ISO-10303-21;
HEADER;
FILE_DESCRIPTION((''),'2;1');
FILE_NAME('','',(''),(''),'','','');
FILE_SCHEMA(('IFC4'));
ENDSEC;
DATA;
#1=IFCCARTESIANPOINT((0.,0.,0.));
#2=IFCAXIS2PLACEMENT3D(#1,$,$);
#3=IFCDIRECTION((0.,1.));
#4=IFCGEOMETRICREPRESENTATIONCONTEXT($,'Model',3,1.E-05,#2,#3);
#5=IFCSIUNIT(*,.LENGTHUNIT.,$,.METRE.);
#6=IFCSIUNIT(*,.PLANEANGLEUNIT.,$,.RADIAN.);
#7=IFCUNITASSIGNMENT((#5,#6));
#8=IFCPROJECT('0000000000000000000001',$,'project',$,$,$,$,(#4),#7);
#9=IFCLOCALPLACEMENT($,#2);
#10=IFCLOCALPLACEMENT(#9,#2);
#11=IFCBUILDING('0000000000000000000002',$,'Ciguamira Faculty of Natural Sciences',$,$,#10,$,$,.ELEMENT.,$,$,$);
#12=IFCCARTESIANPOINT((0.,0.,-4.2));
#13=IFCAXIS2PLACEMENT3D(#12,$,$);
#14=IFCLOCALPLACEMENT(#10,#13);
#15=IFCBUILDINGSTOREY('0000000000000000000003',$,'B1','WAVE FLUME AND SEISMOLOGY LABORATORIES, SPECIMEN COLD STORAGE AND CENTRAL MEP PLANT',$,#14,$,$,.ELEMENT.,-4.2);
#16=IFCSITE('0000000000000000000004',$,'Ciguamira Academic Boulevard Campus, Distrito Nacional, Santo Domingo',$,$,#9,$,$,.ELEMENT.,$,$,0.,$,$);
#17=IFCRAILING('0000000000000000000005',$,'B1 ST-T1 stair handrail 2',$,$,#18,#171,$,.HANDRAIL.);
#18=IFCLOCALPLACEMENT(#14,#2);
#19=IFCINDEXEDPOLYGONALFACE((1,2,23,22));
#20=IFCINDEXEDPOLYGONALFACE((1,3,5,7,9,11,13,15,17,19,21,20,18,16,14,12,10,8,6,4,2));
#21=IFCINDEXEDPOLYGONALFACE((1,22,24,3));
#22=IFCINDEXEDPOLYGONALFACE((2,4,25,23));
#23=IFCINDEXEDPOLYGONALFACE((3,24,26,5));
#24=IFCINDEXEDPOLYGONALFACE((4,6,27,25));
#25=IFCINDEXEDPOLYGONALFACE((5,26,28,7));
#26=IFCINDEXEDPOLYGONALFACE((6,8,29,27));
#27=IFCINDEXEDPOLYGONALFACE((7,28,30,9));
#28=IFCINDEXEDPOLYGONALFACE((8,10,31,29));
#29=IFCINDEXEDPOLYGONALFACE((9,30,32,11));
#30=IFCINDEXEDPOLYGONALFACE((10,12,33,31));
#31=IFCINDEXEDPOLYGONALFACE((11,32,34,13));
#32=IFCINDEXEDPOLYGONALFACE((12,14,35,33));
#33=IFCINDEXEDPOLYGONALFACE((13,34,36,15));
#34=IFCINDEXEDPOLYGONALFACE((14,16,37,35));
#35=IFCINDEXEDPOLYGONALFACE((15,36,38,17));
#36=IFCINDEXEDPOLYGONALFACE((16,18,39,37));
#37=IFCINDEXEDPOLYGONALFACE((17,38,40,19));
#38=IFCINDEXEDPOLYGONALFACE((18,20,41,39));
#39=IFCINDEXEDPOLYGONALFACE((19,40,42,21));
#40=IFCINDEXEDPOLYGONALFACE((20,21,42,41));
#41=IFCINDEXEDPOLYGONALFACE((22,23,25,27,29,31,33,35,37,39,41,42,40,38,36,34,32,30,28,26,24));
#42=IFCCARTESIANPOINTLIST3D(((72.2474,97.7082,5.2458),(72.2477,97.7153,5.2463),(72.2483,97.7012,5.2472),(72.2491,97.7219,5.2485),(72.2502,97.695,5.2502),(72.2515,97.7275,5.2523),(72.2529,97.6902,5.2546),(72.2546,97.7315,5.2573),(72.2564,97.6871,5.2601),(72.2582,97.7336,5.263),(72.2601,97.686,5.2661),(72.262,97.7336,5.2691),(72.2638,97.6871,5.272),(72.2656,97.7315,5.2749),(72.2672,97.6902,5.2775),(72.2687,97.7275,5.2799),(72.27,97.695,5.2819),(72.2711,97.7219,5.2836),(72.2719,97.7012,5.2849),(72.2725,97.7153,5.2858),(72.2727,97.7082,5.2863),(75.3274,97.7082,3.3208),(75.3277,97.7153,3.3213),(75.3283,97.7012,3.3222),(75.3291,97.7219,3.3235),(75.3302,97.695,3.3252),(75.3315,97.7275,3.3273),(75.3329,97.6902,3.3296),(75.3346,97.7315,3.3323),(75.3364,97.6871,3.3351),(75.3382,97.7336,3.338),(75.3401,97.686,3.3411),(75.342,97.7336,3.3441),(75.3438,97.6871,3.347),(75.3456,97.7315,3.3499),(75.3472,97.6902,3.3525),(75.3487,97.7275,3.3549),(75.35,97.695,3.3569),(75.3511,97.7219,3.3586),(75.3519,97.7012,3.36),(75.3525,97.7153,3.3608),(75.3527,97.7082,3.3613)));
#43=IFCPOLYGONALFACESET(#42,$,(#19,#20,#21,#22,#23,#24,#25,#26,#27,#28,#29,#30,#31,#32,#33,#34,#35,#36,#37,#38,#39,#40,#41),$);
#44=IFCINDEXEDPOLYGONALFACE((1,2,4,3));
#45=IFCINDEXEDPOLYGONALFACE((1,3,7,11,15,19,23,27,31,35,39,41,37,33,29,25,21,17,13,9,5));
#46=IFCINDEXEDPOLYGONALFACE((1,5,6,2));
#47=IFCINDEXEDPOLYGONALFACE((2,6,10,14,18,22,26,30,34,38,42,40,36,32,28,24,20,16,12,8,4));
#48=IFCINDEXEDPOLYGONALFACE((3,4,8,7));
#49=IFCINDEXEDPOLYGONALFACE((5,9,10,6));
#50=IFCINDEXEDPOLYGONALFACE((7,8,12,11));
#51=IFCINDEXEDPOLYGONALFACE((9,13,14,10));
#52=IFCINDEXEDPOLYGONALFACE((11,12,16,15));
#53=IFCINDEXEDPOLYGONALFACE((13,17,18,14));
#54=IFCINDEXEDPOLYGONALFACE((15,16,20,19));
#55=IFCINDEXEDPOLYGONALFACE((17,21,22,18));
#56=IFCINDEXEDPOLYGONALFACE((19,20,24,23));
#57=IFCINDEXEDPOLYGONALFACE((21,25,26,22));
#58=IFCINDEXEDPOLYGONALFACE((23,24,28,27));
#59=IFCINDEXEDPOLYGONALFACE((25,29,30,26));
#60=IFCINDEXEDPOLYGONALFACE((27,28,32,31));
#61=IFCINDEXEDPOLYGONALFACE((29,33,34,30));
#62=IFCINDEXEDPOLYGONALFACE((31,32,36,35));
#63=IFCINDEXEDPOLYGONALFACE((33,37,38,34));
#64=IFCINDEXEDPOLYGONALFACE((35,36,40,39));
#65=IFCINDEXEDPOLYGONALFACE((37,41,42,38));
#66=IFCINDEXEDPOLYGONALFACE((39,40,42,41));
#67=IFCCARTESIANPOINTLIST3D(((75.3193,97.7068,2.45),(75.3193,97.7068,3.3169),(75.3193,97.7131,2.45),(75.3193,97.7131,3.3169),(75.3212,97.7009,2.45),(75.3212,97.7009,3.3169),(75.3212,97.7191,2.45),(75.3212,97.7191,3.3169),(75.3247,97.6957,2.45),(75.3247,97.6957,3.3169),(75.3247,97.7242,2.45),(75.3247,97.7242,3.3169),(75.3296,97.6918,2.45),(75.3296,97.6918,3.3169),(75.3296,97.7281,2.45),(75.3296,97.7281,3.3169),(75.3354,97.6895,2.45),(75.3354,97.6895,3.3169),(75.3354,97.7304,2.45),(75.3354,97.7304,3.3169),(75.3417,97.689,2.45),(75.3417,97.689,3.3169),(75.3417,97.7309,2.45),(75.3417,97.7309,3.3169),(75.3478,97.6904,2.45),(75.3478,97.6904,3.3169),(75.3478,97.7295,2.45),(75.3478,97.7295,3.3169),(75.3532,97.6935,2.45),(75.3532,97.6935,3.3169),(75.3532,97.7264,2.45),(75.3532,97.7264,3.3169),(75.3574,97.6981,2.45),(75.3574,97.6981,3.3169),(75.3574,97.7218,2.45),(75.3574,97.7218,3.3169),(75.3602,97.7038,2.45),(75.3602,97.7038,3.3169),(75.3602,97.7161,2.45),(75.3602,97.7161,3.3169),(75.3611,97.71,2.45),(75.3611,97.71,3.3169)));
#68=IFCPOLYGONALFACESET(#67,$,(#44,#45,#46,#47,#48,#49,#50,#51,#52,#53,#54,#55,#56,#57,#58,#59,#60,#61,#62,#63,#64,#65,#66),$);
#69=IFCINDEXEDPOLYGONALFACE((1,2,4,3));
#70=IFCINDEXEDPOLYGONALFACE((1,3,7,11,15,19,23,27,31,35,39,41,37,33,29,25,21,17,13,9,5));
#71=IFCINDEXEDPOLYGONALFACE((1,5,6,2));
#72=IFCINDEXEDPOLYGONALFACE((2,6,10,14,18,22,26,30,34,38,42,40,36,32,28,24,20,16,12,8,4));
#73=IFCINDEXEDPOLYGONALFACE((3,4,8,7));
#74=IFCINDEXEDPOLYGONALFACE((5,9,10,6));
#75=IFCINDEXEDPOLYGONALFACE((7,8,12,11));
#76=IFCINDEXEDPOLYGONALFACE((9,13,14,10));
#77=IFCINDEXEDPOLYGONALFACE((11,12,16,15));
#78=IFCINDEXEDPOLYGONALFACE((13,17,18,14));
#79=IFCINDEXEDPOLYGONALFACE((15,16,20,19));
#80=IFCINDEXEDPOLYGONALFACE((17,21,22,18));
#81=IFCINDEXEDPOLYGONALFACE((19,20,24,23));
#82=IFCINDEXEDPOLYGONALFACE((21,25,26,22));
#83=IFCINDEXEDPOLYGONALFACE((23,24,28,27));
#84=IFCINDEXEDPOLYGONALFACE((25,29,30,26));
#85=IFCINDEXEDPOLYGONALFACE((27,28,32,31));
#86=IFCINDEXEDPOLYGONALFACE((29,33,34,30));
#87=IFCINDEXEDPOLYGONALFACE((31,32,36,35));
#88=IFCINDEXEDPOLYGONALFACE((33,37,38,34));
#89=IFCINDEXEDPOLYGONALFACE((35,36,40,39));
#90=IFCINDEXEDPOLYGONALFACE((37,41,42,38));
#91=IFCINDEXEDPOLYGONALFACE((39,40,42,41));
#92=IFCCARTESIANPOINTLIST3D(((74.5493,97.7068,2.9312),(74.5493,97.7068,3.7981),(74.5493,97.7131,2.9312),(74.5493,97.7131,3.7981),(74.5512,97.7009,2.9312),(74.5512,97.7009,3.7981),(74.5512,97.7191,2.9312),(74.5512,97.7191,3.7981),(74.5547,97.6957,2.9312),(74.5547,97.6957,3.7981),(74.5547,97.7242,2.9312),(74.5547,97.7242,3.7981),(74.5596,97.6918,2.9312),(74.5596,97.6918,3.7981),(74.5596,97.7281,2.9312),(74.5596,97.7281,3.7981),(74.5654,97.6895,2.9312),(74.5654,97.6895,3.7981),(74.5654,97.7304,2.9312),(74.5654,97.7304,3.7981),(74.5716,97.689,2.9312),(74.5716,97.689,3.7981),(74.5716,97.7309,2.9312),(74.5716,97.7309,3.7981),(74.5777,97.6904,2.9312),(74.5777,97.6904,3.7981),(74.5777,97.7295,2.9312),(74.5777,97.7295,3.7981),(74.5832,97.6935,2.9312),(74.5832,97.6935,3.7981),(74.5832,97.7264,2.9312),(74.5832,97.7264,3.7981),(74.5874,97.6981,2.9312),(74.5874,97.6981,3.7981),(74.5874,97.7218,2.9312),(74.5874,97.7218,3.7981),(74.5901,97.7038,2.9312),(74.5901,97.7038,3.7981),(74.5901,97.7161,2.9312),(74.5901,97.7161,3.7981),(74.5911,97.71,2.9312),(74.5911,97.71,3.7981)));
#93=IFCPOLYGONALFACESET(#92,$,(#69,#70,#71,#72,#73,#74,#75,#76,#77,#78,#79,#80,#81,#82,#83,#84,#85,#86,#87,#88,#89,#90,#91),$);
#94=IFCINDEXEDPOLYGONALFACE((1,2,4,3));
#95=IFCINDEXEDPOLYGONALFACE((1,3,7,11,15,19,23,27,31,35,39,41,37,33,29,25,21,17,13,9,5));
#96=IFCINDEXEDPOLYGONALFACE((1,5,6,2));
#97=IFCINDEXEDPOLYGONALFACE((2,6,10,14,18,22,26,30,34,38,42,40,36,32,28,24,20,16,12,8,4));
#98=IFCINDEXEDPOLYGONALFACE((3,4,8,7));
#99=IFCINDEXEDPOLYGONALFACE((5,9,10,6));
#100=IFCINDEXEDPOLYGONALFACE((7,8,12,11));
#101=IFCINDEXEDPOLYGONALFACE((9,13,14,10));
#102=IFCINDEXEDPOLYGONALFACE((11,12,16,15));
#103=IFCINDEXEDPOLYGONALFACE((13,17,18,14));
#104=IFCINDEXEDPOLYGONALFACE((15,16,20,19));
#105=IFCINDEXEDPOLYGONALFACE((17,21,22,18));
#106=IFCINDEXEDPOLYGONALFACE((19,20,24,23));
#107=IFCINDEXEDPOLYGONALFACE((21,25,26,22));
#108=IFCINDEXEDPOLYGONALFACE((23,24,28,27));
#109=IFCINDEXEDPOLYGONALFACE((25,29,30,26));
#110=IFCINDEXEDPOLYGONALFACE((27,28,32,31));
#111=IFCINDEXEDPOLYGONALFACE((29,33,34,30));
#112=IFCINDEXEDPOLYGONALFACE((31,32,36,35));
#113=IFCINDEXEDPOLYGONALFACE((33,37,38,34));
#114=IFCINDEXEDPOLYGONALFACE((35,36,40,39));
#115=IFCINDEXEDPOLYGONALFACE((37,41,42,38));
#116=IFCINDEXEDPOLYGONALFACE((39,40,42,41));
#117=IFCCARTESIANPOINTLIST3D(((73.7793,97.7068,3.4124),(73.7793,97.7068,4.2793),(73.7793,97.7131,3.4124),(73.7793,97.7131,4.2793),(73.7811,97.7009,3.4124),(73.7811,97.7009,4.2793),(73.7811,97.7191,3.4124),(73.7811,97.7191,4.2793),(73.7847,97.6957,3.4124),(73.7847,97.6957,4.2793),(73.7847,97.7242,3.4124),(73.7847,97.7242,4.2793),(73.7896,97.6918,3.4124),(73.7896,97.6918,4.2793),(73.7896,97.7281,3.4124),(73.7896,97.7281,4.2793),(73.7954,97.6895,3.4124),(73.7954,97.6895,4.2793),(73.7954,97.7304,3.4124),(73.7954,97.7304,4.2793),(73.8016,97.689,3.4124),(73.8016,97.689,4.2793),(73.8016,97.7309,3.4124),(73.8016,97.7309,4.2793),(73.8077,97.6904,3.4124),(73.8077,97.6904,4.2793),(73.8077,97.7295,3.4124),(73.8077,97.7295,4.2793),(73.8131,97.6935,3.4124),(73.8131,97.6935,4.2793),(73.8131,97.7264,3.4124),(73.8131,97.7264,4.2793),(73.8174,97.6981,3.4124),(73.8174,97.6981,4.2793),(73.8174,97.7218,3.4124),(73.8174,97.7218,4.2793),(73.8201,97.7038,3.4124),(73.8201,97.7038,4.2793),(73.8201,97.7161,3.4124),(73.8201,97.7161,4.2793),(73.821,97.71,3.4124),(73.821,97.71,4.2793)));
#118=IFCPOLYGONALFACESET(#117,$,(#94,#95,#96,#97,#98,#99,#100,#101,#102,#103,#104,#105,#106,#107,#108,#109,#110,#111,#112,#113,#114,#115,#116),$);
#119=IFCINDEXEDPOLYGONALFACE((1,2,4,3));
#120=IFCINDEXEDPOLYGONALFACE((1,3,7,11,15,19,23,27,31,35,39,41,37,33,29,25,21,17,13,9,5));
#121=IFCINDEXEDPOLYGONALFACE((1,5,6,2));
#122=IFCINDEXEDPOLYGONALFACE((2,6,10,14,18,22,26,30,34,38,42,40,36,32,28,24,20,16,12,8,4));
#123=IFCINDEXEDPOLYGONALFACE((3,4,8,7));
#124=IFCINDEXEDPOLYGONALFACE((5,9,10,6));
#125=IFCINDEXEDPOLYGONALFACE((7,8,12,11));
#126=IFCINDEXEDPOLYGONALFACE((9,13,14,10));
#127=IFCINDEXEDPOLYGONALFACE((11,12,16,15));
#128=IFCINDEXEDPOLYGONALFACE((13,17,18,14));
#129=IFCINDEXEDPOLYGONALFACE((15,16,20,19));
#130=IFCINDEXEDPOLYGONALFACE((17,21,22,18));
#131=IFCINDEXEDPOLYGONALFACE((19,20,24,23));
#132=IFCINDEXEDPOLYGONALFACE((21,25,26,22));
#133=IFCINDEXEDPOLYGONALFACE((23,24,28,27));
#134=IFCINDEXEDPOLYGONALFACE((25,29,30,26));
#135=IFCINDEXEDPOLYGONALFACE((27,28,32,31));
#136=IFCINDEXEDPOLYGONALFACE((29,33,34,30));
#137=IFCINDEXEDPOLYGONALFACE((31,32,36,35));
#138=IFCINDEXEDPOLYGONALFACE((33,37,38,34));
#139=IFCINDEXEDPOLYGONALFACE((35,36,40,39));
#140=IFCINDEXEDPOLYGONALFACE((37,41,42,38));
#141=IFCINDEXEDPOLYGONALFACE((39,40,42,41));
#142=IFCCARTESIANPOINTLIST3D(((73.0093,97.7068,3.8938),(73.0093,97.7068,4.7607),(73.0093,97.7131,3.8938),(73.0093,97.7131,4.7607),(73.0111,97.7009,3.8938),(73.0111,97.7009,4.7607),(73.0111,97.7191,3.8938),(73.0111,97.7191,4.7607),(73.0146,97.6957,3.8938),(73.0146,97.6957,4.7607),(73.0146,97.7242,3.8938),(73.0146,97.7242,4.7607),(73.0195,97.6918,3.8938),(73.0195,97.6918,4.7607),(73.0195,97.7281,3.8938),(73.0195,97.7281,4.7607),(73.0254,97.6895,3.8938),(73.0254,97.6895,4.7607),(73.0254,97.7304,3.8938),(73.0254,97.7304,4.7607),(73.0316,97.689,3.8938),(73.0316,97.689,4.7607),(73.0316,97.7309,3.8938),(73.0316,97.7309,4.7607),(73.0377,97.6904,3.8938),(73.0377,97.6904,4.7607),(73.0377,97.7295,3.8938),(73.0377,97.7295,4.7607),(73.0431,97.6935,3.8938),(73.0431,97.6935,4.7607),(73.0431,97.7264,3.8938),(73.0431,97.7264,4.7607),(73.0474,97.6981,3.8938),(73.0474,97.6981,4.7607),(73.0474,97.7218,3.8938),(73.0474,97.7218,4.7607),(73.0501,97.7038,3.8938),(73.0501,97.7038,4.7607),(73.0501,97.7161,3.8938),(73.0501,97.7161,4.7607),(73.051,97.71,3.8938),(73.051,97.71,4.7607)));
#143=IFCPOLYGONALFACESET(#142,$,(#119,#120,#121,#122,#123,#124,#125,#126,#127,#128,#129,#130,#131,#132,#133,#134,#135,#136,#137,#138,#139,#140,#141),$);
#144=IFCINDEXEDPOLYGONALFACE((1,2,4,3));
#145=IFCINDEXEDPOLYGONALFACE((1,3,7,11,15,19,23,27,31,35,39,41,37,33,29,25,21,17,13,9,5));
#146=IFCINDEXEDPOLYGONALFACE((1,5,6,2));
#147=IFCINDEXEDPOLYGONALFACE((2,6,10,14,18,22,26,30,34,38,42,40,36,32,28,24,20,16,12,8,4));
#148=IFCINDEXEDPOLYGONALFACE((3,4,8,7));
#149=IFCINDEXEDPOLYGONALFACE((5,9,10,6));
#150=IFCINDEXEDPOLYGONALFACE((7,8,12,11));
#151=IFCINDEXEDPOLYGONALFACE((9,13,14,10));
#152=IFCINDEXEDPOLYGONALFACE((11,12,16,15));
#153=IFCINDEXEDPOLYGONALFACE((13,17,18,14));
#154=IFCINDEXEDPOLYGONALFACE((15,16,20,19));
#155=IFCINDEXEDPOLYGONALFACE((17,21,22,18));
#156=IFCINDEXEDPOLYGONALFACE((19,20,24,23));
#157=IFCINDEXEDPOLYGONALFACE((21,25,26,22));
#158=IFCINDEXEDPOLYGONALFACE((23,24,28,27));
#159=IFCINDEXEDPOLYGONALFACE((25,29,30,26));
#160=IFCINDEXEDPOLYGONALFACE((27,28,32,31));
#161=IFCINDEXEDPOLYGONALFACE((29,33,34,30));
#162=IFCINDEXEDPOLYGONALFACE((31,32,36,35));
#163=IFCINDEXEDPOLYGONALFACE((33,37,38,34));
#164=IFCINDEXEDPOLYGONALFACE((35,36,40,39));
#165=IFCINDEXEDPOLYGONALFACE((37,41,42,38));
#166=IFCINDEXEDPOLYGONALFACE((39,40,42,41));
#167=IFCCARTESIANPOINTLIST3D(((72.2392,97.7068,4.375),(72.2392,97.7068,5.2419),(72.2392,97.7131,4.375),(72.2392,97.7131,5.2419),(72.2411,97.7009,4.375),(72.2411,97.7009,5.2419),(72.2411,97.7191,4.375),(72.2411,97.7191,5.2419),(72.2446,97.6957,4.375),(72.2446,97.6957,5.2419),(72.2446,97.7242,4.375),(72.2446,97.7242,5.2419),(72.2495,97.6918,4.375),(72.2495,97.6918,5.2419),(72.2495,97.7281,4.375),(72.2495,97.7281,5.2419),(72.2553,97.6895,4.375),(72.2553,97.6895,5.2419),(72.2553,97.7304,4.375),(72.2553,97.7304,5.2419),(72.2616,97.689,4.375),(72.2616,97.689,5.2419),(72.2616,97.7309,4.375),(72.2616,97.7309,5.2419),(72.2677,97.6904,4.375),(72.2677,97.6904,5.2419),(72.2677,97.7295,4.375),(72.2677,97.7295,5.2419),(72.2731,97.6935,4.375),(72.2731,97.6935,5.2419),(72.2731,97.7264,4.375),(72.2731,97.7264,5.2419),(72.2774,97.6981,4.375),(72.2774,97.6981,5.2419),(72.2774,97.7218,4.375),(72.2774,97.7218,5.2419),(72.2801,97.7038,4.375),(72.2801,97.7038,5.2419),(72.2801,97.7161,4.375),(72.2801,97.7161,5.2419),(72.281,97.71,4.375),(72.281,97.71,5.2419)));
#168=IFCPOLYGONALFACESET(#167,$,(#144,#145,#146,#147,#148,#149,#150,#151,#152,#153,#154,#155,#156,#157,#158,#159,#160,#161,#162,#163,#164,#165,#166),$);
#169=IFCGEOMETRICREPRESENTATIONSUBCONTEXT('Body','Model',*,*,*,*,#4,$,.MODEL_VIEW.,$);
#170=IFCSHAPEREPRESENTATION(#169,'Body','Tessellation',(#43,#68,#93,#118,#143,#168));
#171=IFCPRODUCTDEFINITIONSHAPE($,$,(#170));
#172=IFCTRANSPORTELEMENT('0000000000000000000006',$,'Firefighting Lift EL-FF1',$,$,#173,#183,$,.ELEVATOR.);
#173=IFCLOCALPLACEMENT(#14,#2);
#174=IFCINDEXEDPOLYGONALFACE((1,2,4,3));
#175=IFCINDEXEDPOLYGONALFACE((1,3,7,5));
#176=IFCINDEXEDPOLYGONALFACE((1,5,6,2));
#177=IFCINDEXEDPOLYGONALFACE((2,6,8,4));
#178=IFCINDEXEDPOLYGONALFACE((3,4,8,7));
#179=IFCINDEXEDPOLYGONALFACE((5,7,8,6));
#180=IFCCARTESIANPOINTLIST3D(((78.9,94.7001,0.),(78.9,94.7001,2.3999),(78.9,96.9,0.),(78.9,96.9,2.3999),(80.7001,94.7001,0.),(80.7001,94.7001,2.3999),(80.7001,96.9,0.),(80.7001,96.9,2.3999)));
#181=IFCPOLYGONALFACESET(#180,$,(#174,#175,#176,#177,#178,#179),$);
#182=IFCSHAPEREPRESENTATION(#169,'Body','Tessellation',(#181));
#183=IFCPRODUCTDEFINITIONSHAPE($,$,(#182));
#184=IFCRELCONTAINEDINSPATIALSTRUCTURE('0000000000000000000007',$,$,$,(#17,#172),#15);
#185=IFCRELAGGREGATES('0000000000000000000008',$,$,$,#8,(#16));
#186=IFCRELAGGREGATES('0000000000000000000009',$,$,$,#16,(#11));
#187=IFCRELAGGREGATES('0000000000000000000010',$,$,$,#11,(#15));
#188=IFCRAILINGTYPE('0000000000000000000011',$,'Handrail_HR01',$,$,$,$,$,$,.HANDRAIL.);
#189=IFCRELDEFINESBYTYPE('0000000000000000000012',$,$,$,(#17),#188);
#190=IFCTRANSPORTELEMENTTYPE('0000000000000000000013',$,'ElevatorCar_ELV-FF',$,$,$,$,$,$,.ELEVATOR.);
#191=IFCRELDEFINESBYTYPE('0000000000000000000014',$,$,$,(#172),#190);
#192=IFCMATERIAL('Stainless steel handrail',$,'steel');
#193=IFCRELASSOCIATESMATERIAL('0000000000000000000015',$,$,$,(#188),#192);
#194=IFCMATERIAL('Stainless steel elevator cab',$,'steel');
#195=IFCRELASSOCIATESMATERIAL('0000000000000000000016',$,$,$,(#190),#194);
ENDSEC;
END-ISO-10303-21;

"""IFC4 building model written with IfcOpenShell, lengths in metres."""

from ifc_helpers import new_model, si_unit, direction, frame, origin, origin_2d, place, context, subcontext, project, spatial, rectangle, circle, extrude, material, type_object, element, save


model = new_model("IFC4")

# Units and contexts
model_context = context("Model", 3, precision=1e-05, world=origin(), true_north=direction((0.0, 1.0)))
body_context = subcontext(model_context, "Body", "Model", "MODEL_VIEW")
ifc_project = project(units=[si_unit("LENGTHUNIT", "METRE"), si_unit("PLANEANGLEUNIT", "RADIAN")], contexts=[model_context])

# Site, building, storey
site_placement = place(None, origin())
site = spatial("IfcSite", under=ifc_project, at=site_placement, Name="Ciguamira Academic Boulevard Campus, Distrito Nacional, Santo Domingo", CompositionType="ELEMENT", RefElevation=0.0)
building_placement = place(site_placement, origin())
building = spatial("IfcBuilding", under=site, at=building_placement, Name="Ciguamira Faculty of Natural Sciences", CompositionType="ELEMENT")
storey_placement = place(building_placement, frame((0.0, 0.0, -4.2)))
storey = spatial("IfcBuildingStorey", under=building, at=storey_placement, Name="B1", Description="WAVE FLUME AND SEISMOLOGY LABORATORIES, SPECIMEN COLD STORAGE AND CENTRAL MEP PLANT", CompositionType="ELEMENT", Elevation=-4.2)

# Railing
ifc_material_1 = material(Name="Stainless steel handrail", Category="steel")
railing_type_1 = type_object("IfcRailingType", Name="Handrail_HR01", PredefinedType="HANDRAIL", material=ifc_material_1)
railing_1_placement = place(storey_placement, frame((75.3401, 97.71, 2.45)))
element("IfcRailing", 1, at=railing_1_placement, inside=storey, type_object=railing_type_1, Name="B1 ST-T1 stair handrail 2", PredefinedType="HANDRAIL", context=body_context, shape_type="SweptSolid", body=[
    extrude(circle(Radius=0.0239, at=origin_2d()), frame((0.0, 0.0, 0.8911), z_axis=(-0.847998, 0.0, 0.529999), x_axis=(0.0, -1.0, 0.0)), (0.0, 0.0, 1.0), 3.6321),
    extrude(circle(Radius=0.021, at=origin_2d()), origin(), (0.0, 0.0, 1.0), 0.8669),
    extrude(circle(Radius=0.021, at=origin_2d()), frame((-0.77, 0.0, 0.4812)), (0.0, 0.0, 1.0), 0.8669),
    extrude(circle(Radius=0.021, at=origin_2d()), frame((-1.54, 0.0, 0.9624)), (0.0, 0.0, 1.0), 0.8669),
    extrude(circle(Radius=0.021, at=origin_2d()), frame((-2.3101, 0.0, 1.4438)), (0.0, 0.0, 1.0), 0.8669),
    extrude(circle(Radius=0.021, at=origin_2d()), frame((-3.0801, 0.0, 1.925)), (0.0, 0.0, 1.0), 0.8669),
])

# Transport element
ifc_material_2 = material(Name="Stainless steel elevator cab", Category="steel")
transport_element_type = type_object("IfcTransportElementType", Name="ElevatorCar_ELV-FF", PredefinedType="ELEVATOR", material=ifc_material_2)
transport_element_placement = place(storey_placement, frame((79.8, 95.8, 0.0), z_axis=(0.0, 0.0, 1.0), x_axis=(1.0, 0.0, 0.0)))
element("IfcTransportElement", 2, at=transport_element_placement, inside=storey, type_object=transport_element_type, Name="Firefighting Lift EL-FF1", PredefinedType="ELEVATOR", context=body_context, shape_type="SweptSolid", body=[
    extrude(rectangle(XDim=1.8, YDim=2.2, at=origin_2d()), origin(), (0.0, 0.0, 1.0), 2.3999),
])

save(model, "model.ifc")
